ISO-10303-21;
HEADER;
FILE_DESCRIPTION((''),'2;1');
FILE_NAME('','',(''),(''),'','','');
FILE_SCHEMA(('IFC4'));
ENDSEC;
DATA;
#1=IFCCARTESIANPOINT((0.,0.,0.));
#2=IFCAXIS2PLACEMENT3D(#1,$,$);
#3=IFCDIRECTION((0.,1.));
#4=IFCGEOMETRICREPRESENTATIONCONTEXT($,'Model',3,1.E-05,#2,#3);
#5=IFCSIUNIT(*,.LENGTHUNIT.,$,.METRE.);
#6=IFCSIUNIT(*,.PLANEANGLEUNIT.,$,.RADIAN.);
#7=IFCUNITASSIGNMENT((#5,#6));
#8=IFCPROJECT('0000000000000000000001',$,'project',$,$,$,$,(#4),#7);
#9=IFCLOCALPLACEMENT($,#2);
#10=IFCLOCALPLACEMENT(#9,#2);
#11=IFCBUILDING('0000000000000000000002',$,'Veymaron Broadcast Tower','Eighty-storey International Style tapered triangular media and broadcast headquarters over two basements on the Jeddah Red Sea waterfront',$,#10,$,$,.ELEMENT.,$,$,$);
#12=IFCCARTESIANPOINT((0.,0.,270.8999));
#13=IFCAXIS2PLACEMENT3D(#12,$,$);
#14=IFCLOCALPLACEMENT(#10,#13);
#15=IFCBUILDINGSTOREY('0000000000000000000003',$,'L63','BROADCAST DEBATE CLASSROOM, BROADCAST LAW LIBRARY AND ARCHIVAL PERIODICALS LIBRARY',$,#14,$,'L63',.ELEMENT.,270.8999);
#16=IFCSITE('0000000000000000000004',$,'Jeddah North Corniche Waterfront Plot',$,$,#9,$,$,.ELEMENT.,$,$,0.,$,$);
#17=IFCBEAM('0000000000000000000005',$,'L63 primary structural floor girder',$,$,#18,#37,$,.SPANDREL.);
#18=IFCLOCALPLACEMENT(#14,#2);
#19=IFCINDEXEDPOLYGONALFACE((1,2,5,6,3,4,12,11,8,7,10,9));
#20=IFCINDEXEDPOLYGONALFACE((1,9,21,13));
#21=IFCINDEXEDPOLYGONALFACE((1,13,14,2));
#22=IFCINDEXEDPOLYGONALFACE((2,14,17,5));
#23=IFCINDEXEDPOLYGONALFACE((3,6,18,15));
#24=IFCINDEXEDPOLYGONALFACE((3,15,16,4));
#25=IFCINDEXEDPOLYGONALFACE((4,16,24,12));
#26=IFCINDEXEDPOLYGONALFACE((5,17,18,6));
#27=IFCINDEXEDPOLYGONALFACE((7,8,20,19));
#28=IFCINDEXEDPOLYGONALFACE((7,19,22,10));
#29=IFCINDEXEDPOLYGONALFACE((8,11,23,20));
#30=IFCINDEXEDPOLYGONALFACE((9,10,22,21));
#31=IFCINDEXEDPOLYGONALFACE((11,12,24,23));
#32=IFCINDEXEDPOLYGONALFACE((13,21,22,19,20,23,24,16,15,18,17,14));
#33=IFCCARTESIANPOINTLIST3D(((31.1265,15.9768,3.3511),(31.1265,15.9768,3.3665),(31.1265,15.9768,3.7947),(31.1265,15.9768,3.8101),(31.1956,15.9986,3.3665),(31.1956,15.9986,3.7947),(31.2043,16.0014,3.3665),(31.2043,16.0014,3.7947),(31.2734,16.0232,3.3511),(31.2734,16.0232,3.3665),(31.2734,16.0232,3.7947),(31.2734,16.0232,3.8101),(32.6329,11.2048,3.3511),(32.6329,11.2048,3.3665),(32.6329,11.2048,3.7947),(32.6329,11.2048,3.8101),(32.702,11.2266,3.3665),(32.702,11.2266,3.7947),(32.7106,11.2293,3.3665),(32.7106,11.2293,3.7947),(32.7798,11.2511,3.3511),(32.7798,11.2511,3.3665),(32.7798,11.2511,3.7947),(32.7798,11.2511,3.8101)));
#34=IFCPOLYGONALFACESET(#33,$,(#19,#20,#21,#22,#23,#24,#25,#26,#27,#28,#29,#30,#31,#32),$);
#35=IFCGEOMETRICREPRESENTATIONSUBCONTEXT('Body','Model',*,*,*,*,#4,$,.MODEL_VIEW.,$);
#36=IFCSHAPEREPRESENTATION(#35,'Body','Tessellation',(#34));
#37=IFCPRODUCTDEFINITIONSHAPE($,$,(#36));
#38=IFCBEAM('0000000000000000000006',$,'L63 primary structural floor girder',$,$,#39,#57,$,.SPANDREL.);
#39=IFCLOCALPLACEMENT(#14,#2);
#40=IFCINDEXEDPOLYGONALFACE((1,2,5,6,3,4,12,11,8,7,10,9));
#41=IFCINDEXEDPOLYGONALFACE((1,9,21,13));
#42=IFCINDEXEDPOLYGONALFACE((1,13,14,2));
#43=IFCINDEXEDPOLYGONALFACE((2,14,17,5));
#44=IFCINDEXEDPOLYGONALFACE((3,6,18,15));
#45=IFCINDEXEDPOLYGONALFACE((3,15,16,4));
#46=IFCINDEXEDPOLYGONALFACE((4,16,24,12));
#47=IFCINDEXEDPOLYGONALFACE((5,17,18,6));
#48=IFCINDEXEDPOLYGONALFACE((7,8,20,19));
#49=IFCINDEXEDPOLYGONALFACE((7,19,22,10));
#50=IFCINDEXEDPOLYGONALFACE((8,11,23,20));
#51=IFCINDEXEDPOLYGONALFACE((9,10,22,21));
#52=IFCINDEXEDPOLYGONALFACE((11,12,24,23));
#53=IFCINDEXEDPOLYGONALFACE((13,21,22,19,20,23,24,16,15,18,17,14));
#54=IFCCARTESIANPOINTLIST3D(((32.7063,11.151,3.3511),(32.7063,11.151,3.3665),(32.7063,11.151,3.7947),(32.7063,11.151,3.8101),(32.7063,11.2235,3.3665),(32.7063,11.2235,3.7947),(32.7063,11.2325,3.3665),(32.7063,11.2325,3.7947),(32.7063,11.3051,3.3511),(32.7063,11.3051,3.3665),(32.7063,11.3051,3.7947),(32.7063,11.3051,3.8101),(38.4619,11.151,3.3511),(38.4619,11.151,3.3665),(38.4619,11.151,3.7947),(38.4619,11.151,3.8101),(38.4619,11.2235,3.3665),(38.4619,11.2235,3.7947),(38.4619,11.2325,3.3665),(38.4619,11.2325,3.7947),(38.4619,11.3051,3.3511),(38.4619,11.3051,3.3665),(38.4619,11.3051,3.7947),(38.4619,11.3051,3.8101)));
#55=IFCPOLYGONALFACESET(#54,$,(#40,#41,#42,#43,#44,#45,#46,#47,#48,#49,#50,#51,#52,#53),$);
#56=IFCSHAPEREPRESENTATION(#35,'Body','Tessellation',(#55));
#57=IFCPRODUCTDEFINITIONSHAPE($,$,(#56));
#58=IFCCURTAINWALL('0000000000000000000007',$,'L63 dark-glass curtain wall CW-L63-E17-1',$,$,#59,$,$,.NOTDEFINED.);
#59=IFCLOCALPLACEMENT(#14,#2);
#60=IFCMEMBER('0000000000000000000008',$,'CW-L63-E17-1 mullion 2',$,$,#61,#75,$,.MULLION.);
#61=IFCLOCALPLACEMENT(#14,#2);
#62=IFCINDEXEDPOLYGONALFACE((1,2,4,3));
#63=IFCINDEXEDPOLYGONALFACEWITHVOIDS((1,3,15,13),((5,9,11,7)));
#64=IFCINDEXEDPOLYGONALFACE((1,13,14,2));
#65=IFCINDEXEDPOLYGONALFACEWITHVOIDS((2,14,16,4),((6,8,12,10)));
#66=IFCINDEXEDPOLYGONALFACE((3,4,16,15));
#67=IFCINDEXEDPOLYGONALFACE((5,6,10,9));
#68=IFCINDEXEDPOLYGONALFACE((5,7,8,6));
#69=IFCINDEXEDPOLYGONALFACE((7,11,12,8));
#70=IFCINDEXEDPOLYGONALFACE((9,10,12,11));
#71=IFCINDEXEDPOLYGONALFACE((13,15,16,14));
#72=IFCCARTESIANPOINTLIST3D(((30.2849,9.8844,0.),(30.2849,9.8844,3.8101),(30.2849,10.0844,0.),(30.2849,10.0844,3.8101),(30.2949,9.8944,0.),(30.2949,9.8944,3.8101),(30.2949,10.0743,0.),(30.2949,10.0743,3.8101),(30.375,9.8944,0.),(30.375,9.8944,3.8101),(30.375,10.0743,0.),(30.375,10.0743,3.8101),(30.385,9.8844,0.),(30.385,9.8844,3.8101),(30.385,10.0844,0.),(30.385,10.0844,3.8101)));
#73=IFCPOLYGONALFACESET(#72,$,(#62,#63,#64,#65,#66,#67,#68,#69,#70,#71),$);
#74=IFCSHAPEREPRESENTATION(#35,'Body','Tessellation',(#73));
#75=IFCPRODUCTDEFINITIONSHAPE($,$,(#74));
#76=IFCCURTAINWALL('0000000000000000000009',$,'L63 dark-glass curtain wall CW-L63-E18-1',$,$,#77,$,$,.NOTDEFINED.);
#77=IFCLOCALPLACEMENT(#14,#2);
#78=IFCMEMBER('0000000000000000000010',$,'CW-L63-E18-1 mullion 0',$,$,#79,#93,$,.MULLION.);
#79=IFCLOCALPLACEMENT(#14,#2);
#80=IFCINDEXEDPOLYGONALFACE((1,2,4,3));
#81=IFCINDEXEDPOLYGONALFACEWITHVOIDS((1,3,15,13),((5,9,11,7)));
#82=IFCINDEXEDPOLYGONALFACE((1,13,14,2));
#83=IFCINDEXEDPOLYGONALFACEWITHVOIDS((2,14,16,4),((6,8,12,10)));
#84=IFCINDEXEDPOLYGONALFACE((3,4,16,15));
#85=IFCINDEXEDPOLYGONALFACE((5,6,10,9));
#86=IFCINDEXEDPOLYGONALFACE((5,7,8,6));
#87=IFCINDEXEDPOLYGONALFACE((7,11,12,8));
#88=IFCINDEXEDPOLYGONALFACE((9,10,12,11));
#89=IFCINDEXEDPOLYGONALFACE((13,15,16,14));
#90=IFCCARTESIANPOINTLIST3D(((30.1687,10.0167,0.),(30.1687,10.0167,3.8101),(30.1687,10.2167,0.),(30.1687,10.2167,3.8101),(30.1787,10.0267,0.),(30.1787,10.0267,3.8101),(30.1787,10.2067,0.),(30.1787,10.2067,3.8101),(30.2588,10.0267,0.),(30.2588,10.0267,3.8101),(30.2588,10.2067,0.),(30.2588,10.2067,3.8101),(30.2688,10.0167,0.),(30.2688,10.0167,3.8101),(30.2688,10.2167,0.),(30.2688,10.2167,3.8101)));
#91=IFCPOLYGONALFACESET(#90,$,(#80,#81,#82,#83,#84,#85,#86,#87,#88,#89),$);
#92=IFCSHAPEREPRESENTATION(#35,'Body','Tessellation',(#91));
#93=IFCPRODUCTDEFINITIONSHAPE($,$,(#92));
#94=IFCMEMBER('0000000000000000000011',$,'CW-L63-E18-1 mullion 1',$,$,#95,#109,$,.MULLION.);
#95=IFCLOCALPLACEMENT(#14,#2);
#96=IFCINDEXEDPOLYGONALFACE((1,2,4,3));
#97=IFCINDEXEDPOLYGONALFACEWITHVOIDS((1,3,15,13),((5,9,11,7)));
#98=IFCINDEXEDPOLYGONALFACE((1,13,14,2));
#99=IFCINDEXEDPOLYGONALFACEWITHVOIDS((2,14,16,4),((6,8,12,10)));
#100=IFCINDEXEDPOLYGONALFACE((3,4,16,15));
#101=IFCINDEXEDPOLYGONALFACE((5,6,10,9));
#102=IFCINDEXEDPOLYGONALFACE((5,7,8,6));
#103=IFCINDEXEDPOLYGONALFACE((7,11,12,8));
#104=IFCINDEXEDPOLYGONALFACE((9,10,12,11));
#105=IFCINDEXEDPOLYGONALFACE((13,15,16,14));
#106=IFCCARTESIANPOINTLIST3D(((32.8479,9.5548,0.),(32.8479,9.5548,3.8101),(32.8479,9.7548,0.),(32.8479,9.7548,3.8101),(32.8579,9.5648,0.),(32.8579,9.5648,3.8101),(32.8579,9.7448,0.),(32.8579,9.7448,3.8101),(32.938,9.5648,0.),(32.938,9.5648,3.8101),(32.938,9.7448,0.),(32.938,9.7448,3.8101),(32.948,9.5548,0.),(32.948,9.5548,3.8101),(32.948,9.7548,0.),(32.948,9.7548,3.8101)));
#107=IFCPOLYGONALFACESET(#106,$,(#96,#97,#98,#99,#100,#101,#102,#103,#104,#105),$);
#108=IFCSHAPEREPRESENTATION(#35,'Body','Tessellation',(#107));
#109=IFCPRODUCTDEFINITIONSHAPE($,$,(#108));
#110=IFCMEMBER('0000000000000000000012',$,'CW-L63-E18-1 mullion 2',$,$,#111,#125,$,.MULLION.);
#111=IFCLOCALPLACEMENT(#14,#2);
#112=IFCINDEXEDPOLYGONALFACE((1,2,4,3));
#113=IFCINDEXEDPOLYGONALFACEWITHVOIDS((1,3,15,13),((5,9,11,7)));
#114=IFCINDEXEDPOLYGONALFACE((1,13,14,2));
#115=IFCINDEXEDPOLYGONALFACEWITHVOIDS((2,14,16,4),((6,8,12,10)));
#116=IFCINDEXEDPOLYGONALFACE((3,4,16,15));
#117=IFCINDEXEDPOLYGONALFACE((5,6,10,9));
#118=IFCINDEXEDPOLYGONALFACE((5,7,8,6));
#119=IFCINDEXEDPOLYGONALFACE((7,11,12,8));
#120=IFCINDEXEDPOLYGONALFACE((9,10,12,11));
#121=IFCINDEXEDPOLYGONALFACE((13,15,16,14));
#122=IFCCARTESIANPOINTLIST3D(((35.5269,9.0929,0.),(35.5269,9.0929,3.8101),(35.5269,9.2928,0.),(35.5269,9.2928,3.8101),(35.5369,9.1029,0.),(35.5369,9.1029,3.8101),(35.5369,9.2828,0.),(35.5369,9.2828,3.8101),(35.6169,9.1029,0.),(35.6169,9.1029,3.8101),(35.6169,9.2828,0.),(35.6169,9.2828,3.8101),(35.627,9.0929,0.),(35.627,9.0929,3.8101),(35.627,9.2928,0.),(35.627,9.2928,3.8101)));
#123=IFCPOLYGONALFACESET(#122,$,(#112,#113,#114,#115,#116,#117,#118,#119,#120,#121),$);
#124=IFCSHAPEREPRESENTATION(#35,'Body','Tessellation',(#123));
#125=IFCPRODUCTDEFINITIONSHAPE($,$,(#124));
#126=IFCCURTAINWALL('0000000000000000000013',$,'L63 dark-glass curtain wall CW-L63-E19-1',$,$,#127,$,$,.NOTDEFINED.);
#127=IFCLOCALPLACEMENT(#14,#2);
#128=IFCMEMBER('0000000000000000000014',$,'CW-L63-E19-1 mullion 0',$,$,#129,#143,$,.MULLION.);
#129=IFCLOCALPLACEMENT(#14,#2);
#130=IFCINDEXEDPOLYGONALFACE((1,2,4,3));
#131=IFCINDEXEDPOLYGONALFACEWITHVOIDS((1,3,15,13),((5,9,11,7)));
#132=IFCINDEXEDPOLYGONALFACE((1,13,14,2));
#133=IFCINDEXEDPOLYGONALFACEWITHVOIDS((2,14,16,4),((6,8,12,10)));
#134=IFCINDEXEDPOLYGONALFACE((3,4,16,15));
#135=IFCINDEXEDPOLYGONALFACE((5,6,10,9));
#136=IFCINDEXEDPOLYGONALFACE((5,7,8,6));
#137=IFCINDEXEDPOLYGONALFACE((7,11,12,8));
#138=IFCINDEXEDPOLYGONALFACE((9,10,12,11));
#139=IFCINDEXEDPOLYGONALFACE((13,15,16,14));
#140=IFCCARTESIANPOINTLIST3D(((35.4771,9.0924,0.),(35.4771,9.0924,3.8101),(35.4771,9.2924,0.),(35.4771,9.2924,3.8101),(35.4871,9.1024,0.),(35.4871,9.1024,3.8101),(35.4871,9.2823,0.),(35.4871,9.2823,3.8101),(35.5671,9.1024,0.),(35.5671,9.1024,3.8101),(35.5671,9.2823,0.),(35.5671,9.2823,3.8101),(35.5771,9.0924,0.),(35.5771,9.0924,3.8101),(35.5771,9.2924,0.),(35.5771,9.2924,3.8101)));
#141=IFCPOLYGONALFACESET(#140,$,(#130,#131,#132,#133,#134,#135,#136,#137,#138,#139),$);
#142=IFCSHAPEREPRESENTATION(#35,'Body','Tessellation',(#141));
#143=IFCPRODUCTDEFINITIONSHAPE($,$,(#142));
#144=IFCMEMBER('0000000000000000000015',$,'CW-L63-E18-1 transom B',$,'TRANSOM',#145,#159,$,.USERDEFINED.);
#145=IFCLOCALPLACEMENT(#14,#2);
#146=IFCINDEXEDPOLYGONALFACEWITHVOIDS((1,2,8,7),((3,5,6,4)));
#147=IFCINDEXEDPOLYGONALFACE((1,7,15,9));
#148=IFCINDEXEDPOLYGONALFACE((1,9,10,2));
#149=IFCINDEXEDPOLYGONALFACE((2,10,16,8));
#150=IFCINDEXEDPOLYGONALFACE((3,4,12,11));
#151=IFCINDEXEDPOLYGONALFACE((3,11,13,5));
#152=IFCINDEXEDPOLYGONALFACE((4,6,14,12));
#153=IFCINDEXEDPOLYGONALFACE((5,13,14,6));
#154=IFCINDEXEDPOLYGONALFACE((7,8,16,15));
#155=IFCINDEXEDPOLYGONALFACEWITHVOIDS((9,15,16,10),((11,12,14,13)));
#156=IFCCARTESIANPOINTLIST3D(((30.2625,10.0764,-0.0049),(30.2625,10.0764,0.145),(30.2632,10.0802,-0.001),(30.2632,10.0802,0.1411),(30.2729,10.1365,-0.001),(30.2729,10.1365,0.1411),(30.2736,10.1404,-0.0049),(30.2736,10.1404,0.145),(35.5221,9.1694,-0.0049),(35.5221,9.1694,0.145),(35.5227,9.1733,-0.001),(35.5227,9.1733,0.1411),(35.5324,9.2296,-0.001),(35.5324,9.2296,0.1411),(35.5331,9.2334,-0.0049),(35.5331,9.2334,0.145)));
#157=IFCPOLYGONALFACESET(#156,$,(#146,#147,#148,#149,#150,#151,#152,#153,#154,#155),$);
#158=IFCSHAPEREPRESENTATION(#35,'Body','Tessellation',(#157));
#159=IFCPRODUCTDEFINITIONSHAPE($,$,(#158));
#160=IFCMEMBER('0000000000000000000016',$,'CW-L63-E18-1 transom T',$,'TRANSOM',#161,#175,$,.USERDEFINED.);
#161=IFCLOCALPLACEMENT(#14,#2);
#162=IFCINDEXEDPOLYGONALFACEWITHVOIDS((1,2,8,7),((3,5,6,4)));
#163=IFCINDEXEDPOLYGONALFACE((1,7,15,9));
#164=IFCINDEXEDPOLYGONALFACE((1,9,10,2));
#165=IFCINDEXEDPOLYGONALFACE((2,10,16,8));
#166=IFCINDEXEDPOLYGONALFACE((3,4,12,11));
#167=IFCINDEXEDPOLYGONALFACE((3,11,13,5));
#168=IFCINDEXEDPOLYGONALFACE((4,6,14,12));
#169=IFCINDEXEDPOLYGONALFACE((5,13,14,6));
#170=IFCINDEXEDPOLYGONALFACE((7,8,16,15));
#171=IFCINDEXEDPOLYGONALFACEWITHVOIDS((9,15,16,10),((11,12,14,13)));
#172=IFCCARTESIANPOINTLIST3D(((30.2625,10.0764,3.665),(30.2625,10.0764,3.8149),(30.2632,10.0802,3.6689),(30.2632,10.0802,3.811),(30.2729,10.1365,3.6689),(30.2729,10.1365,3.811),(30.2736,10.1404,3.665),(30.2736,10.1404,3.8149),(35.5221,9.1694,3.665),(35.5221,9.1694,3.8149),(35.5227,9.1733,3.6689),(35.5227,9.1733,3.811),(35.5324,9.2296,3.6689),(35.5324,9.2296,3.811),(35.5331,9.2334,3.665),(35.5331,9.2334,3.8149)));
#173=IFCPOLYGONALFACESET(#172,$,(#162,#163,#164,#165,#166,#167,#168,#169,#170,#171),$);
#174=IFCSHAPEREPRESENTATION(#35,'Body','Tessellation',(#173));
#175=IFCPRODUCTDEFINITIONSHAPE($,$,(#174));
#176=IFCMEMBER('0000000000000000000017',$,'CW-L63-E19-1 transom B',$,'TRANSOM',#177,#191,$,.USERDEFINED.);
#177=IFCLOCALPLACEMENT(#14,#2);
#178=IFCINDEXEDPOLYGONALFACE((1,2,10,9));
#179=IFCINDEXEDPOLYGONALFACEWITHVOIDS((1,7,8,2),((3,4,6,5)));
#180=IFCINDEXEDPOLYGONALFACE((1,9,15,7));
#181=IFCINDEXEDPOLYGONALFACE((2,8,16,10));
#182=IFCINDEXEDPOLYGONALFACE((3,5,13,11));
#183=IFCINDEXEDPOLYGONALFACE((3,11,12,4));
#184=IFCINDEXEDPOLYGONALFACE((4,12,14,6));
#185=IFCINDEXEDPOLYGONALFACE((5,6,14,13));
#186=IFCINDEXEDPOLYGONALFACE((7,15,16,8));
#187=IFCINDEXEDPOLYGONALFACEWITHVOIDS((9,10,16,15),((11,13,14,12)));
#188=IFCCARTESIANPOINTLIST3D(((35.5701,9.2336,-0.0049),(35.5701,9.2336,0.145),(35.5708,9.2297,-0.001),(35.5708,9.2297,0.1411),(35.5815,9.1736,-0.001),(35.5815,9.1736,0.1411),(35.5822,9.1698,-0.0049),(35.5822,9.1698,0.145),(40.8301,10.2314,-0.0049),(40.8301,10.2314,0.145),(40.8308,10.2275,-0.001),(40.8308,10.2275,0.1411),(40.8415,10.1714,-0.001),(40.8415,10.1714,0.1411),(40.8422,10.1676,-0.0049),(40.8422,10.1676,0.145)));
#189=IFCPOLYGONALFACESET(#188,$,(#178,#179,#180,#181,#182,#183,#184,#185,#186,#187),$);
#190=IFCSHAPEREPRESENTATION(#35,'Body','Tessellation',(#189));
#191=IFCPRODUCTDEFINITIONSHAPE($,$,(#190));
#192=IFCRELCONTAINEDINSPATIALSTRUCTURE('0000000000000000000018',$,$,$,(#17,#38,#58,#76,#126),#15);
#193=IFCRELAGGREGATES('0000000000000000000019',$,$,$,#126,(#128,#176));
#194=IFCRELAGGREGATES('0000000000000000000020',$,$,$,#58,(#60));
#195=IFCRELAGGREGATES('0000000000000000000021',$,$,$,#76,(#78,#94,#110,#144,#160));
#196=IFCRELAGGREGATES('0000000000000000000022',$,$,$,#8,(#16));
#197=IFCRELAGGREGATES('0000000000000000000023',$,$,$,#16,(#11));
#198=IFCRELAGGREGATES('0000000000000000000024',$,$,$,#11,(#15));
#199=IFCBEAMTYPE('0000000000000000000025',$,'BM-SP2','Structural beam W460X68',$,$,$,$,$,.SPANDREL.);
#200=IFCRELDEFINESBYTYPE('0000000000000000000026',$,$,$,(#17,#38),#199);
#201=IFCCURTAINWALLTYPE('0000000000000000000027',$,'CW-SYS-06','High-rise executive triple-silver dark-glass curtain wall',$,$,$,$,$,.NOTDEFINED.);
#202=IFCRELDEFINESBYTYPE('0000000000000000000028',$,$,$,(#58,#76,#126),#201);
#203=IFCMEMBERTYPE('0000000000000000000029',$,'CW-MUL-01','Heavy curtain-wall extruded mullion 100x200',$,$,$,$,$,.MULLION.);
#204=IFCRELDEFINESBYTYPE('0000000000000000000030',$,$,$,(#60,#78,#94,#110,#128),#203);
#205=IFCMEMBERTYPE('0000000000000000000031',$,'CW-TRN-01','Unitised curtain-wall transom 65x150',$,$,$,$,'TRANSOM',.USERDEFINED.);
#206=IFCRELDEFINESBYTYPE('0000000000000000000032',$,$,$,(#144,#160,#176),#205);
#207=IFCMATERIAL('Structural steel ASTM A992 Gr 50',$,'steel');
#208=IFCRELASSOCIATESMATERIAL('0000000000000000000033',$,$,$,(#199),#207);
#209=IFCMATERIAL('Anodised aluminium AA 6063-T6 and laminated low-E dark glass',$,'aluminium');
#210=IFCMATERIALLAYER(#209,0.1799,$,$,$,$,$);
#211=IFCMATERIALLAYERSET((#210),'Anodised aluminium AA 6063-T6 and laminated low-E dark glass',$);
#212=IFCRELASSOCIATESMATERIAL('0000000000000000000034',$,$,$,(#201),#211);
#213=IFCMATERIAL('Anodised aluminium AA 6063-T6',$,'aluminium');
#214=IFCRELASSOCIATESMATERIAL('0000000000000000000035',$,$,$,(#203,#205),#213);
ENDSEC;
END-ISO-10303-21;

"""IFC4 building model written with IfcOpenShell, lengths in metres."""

from ifc_helpers import new_model, si_unit, direction, frame, origin, origin_2d, place, context, subcontext, project, spatial, hollow_rectangle, i_section, extrude, material, layer, layer_set, material_profile, profile_set, type_object, element, aggregate, save


model = new_model("IFC4")

# Units and contexts
model_context = context("Model", 3, precision=1e-05, world=origin(), true_north=direction((0.0, 1.0)))
body_context = subcontext(model_context, "Body", "Model", "MODEL_VIEW")
ifc_project = project(units=[si_unit("LENGTHUNIT", "METRE"), si_unit("PLANEANGLEUNIT", "RADIAN")], contexts=[model_context])

# Site, building, storey
site_placement = place(None, origin())
site = spatial("IfcSite", under=ifc_project, at=site_placement, Name="Jeddah North Corniche Waterfront Plot", CompositionType="ELEMENT", RefElevation=0.0)
building_placement = place(site_placement, origin())
building = spatial("IfcBuilding", under=site, at=building_placement, Name="Veymaron Broadcast Tower", Description="Eighty-storey International Style tapered triangular media and broadcast headquarters over two basements on the Jeddah Red Sea waterfront", CompositionType="ELEMENT")
storey_placement = place(building_placement, frame((0.0, 0.0, 270.8999)))
storey = spatial("IfcBuildingStorey", under=building, at=storey_placement, Name="L63", Description="BROADCAST DEBATE CLASSROOM, BROADCAST LAW LIBRARY AND ARCHIVAL PERIODICALS LIBRARY", LongName="L63", CompositionType="ELEMENT", Elevation=270.8999)

# Shared definitions
ifc_material_1 = material(Name="Structural steel ASTM A992 Gr 50", Category="steel")

# Beams
ifc_material_profile_1 = material_profile(ifc_material_1, i_section(OverallWidth=0.1541, OverallDepth=0.459, WebThickness=0.009, FlangeThickness=0.0154, at=origin_2d()), Name="W460X68")
ifc_profile_set_1 = profile_set([ifc_material_profile_1], Name="Structural steel ASTM A992 Gr 50")
beam_type_1 = type_object("IfcBeamType", Name="BM-SP2", Description="Structural beam W460X68", PredefinedType="SPANDREL", material=ifc_profile_set_1)
beam_1_placement = place(storey_placement, frame((31.2, 16.0, 3.5806), z_axis=(0.301024, -0.953617, 0.0), x_axis=(0.953617, 0.301024, 0.0)))
element("IfcBeam", 1, at=beam_1_placement, inside=storey, type_object=beam_type_1, Name="L63 primary structural floor girder", PredefinedType="SPANDREL", context=body_context, shape_type="SweptSolid", body=[
    extrude(i_section(OverallWidth=0.1541, OverallDepth=0.459, WebThickness=0.009, FlangeThickness=0.0154, at=origin_2d()), origin(), (0.0, 0.0, 1.0), 5.0042),
])
beam_2_placement = place(storey_placement, frame((32.7063, 11.228, 3.5806), z_axis=(1.0, 0.0, 0.0), x_axis=(0.0, 1.0, 0.0)))
element("IfcBeam", 2, at=beam_2_placement, inside=storey, type_object=beam_type_1, Name="L63 primary structural floor girder", PredefinedType="SPANDREL", context=body_context, shape_type="SweptSolid", body=[
    extrude(i_section(OverallWidth=0.1541, OverallDepth=0.459, WebThickness=0.009, FlangeThickness=0.0154, at=origin_2d()), origin(), (0.0, 0.0, 1.0), 5.7556),
])

# Curtain wall, member
ifc_material_2 = material(Name="Anodised aluminium AA 6063-T6 and laminated low-E dark glass", Category="aluminium")
ifc_layer_1 = layer(ifc_material_2, 0.1799)
ifc_layer_set_1 = layer_set([ifc_layer_1], Name="Anodised aluminium AA 6063-T6 and laminated low-E dark glass")
curtain_wall_type = type_object("IfcCurtainWallType", Name="CW-SYS-06", Description="High-rise executive triple-silver dark-glass curtain wall", PredefinedType="NOTDEFINED", material=ifc_layer_set_1)
curtain_wall_1_placement = place(storey_placement, origin())
curtain_wall_1 = element("IfcCurtainWall", 3, at=curtain_wall_1_placement, inside=storey, type_object=curtain_wall_type, Name="L63 dark-glass curtain wall CW-L63-E17-1", PredefinedType="NOTDEFINED")
ifc_material_3 = material(Name="Anodised aluminium AA 6063-T6", Category="aluminium")
ifc_material_profile_2 = material_profile(ifc_material_3, hollow_rectangle(XDim=0.1001, YDim=0.2, WallThickness=0.01, at=origin_2d()), Name="RHS200X100X10")
ifc_profile_set_2 = profile_set([ifc_material_profile_2], Name="Anodised aluminium AA 6063-T6")
member_type_1 = type_object("IfcMemberType", Name="CW-MUL-01", Description="Heavy curtain-wall extruded mullion 100x200", PredefinedType="MULLION", material=ifc_profile_set_2)
member_1_placement = place(storey_placement, frame((30.335, 9.9844, 0.0), z_axis=(0.0, 0.0, 1.0), x_axis=(1.0, 0.0, 0.0)))
member_1 = element("IfcMember", 4, at=member_1_placement, type_object=member_type_1, Name="CW-L63-E17-1 mullion 2", PredefinedType="MULLION", context=body_context, shape_type="SweptSolid", body=[
    extrude(hollow_rectangle(XDim=0.1001, YDim=0.2, WallThickness=0.01, at=origin_2d()), origin(), (0.0, 0.0, 1.0), 3.8101),
])

# Curtain wall, members
curtain_wall_2_placement = place(storey_placement, origin())
curtain_wall_2 = element("IfcCurtainWall", 5, at=curtain_wall_2_placement, inside=storey, type_object=curtain_wall_type, Name="L63 dark-glass curtain wall CW-L63-E18-1", PredefinedType="NOTDEFINED")
member_2_placement = place(storey_placement, frame((30.2188, 10.1167, 0.0), z_axis=(0.0, 0.0, 1.0), x_axis=(1.0, 0.0, 0.0)))
member_2 = element("IfcMember", 6, at=member_2_placement, type_object=member_type_1, Name="CW-L63-E18-1 mullion 0", PredefinedType="MULLION", context=body_context, shape_type="SweptSolid", body=[
    extrude(hollow_rectangle(XDim=0.1001, YDim=0.2, WallThickness=0.01, at=origin_2d()), origin(), (0.0, 0.0, 1.0), 3.8101),
])
member_3_placement = place(storey_placement, frame((32.8979, 9.6548, 0.0), z_axis=(0.0, 0.0, 1.0), x_axis=(1.0, 0.0, 0.0)))
member_3 = element("IfcMember", 7, at=member_3_placement, type_object=member_type_1, Name="CW-L63-E18-1 mullion 1", PredefinedType="MULLION", context=body_context, shape_type="SweptSolid", body=[
    extrude(hollow_rectangle(XDim=0.1001, YDim=0.2, WallThickness=0.01, at=origin_2d()), origin(), (0.0, 0.0, 1.0), 3.8101),
])
member_4_placement = place(storey_placement, frame((35.5769, 9.1929, 0.0), z_axis=(0.0, 0.0, 1.0), x_axis=(1.0, 0.0, 0.0)))
member_4 = element("IfcMember", 8, at=member_4_placement, type_object=member_type_1, Name="CW-L63-E18-1 mullion 2", PredefinedType="MULLION", context=body_context, shape_type="SweptSolid", body=[
    extrude(hollow_rectangle(XDim=0.1001, YDim=0.2, WallThickness=0.01, at=origin_2d()), origin(), (0.0, 0.0, 1.0), 3.8101),
])

# Curtain wall, member
curtain_wall_3_placement = place(storey_placement, origin())
curtain_wall_3 = element("IfcCurtainWall", 9, at=curtain_wall_3_placement, inside=storey, type_object=curtain_wall_type, Name="L63 dark-glass curtain wall CW-L63-E19-1", PredefinedType="NOTDEFINED")
member_5_placement = place(storey_placement, frame((35.5271, 9.1924, 0.0), z_axis=(0.0, 0.0, 1.0), x_axis=(1.0, 0.0, 0.0)))
member_5 = element("IfcMember", 10, at=member_5_placement, type_object=member_type_1, Name="CW-L63-E19-1 mullion 0", PredefinedType="MULLION", context=body_context, shape_type="SweptSolid", body=[
    extrude(hollow_rectangle(XDim=0.1001, YDim=0.2, WallThickness=0.01, at=origin_2d()), origin(), (0.0, 0.0, 1.0), 3.8101),
])

# Members
ifc_material_profile_3 = material_profile(ifc_material_3, hollow_rectangle(XDim=0.0649, YDim=0.1499, WallThickness=0.0039, at=origin_2d()), Name="AL150X65X4")
ifc_profile_set_3 = profile_set([ifc_material_profile_3], Name="Anodised aluminium AA 6063-T6")
member_type_2 = type_object("IfcMemberType", Name="CW-TRN-01", Description="Unitised curtain-wall transom 65x150", ElementType="TRANSOM", PredefinedType="USERDEFINED", material=ifc_profile_set_3)
member_6_placement = place(storey_placement, frame((30.2681, 10.1084, 0.0701), z_axis=(0.985455, -0.169938, 0.0), x_axis=(0.169938, 0.985455, 0.0)))
member_6 = element("IfcMember", 11, at=member_6_placement, type_object=member_type_2, Name="CW-L63-E18-1 transom B", ObjectType="TRANSOM", PredefinedType="USERDEFINED", context=body_context, shape_type="SweptSolid", body=[
    extrude(hollow_rectangle(XDim=0.0649, YDim=0.1499, WallThickness=0.0039, at=origin_2d()), origin(), (0.0, 0.0, 1.0), 5.3372),
])
member_7_placement = place(storey_placement, frame((30.2681, 10.1084, 3.74), z_axis=(0.985455, -0.169938, 0.0), x_axis=(0.169938, 0.985455, 0.0)))
member_7 = element("IfcMember", 12, at=member_7_placement, type_object=member_type_2, Name="CW-L63-E18-1 transom T", ObjectType="TRANSOM", PredefinedType="USERDEFINED", context=body_context, shape_type="SweptSolid", body=[
    extrude(hollow_rectangle(XDim=0.0649, YDim=0.1499, WallThickness=0.0039, at=origin_2d()), origin(), (0.0, 0.0, 1.0), 5.3372),
])
member_8_placement = place(storey_placement, frame((35.5762, 9.2017, 0.0701), z_axis=(0.982479, 0.186372, 0.0), x_axis=(-0.186372, 0.982479, 0.0)))
member_8 = element("IfcMember", 13, at=member_8_placement, type_object=member_type_2, Name="CW-L63-E19-1 transom B", ObjectType="TRANSOM", PredefinedType="USERDEFINED", context=body_context, shape_type="SweptSolid", body=[
    extrude(hollow_rectangle(XDim=0.0649, YDim=0.1499, WallThickness=0.0039, at=origin_2d()), origin(), (0.0, 0.0, 1.0), 5.3538),
])
aggregate(curtain_wall_3, [member_5, member_8])

aggregate(curtain_wall_1, [member_1])
aggregate(curtain_wall_2, [member_2, member_3, member_4, member_6, member_7])

save(model, "model.ifc")
